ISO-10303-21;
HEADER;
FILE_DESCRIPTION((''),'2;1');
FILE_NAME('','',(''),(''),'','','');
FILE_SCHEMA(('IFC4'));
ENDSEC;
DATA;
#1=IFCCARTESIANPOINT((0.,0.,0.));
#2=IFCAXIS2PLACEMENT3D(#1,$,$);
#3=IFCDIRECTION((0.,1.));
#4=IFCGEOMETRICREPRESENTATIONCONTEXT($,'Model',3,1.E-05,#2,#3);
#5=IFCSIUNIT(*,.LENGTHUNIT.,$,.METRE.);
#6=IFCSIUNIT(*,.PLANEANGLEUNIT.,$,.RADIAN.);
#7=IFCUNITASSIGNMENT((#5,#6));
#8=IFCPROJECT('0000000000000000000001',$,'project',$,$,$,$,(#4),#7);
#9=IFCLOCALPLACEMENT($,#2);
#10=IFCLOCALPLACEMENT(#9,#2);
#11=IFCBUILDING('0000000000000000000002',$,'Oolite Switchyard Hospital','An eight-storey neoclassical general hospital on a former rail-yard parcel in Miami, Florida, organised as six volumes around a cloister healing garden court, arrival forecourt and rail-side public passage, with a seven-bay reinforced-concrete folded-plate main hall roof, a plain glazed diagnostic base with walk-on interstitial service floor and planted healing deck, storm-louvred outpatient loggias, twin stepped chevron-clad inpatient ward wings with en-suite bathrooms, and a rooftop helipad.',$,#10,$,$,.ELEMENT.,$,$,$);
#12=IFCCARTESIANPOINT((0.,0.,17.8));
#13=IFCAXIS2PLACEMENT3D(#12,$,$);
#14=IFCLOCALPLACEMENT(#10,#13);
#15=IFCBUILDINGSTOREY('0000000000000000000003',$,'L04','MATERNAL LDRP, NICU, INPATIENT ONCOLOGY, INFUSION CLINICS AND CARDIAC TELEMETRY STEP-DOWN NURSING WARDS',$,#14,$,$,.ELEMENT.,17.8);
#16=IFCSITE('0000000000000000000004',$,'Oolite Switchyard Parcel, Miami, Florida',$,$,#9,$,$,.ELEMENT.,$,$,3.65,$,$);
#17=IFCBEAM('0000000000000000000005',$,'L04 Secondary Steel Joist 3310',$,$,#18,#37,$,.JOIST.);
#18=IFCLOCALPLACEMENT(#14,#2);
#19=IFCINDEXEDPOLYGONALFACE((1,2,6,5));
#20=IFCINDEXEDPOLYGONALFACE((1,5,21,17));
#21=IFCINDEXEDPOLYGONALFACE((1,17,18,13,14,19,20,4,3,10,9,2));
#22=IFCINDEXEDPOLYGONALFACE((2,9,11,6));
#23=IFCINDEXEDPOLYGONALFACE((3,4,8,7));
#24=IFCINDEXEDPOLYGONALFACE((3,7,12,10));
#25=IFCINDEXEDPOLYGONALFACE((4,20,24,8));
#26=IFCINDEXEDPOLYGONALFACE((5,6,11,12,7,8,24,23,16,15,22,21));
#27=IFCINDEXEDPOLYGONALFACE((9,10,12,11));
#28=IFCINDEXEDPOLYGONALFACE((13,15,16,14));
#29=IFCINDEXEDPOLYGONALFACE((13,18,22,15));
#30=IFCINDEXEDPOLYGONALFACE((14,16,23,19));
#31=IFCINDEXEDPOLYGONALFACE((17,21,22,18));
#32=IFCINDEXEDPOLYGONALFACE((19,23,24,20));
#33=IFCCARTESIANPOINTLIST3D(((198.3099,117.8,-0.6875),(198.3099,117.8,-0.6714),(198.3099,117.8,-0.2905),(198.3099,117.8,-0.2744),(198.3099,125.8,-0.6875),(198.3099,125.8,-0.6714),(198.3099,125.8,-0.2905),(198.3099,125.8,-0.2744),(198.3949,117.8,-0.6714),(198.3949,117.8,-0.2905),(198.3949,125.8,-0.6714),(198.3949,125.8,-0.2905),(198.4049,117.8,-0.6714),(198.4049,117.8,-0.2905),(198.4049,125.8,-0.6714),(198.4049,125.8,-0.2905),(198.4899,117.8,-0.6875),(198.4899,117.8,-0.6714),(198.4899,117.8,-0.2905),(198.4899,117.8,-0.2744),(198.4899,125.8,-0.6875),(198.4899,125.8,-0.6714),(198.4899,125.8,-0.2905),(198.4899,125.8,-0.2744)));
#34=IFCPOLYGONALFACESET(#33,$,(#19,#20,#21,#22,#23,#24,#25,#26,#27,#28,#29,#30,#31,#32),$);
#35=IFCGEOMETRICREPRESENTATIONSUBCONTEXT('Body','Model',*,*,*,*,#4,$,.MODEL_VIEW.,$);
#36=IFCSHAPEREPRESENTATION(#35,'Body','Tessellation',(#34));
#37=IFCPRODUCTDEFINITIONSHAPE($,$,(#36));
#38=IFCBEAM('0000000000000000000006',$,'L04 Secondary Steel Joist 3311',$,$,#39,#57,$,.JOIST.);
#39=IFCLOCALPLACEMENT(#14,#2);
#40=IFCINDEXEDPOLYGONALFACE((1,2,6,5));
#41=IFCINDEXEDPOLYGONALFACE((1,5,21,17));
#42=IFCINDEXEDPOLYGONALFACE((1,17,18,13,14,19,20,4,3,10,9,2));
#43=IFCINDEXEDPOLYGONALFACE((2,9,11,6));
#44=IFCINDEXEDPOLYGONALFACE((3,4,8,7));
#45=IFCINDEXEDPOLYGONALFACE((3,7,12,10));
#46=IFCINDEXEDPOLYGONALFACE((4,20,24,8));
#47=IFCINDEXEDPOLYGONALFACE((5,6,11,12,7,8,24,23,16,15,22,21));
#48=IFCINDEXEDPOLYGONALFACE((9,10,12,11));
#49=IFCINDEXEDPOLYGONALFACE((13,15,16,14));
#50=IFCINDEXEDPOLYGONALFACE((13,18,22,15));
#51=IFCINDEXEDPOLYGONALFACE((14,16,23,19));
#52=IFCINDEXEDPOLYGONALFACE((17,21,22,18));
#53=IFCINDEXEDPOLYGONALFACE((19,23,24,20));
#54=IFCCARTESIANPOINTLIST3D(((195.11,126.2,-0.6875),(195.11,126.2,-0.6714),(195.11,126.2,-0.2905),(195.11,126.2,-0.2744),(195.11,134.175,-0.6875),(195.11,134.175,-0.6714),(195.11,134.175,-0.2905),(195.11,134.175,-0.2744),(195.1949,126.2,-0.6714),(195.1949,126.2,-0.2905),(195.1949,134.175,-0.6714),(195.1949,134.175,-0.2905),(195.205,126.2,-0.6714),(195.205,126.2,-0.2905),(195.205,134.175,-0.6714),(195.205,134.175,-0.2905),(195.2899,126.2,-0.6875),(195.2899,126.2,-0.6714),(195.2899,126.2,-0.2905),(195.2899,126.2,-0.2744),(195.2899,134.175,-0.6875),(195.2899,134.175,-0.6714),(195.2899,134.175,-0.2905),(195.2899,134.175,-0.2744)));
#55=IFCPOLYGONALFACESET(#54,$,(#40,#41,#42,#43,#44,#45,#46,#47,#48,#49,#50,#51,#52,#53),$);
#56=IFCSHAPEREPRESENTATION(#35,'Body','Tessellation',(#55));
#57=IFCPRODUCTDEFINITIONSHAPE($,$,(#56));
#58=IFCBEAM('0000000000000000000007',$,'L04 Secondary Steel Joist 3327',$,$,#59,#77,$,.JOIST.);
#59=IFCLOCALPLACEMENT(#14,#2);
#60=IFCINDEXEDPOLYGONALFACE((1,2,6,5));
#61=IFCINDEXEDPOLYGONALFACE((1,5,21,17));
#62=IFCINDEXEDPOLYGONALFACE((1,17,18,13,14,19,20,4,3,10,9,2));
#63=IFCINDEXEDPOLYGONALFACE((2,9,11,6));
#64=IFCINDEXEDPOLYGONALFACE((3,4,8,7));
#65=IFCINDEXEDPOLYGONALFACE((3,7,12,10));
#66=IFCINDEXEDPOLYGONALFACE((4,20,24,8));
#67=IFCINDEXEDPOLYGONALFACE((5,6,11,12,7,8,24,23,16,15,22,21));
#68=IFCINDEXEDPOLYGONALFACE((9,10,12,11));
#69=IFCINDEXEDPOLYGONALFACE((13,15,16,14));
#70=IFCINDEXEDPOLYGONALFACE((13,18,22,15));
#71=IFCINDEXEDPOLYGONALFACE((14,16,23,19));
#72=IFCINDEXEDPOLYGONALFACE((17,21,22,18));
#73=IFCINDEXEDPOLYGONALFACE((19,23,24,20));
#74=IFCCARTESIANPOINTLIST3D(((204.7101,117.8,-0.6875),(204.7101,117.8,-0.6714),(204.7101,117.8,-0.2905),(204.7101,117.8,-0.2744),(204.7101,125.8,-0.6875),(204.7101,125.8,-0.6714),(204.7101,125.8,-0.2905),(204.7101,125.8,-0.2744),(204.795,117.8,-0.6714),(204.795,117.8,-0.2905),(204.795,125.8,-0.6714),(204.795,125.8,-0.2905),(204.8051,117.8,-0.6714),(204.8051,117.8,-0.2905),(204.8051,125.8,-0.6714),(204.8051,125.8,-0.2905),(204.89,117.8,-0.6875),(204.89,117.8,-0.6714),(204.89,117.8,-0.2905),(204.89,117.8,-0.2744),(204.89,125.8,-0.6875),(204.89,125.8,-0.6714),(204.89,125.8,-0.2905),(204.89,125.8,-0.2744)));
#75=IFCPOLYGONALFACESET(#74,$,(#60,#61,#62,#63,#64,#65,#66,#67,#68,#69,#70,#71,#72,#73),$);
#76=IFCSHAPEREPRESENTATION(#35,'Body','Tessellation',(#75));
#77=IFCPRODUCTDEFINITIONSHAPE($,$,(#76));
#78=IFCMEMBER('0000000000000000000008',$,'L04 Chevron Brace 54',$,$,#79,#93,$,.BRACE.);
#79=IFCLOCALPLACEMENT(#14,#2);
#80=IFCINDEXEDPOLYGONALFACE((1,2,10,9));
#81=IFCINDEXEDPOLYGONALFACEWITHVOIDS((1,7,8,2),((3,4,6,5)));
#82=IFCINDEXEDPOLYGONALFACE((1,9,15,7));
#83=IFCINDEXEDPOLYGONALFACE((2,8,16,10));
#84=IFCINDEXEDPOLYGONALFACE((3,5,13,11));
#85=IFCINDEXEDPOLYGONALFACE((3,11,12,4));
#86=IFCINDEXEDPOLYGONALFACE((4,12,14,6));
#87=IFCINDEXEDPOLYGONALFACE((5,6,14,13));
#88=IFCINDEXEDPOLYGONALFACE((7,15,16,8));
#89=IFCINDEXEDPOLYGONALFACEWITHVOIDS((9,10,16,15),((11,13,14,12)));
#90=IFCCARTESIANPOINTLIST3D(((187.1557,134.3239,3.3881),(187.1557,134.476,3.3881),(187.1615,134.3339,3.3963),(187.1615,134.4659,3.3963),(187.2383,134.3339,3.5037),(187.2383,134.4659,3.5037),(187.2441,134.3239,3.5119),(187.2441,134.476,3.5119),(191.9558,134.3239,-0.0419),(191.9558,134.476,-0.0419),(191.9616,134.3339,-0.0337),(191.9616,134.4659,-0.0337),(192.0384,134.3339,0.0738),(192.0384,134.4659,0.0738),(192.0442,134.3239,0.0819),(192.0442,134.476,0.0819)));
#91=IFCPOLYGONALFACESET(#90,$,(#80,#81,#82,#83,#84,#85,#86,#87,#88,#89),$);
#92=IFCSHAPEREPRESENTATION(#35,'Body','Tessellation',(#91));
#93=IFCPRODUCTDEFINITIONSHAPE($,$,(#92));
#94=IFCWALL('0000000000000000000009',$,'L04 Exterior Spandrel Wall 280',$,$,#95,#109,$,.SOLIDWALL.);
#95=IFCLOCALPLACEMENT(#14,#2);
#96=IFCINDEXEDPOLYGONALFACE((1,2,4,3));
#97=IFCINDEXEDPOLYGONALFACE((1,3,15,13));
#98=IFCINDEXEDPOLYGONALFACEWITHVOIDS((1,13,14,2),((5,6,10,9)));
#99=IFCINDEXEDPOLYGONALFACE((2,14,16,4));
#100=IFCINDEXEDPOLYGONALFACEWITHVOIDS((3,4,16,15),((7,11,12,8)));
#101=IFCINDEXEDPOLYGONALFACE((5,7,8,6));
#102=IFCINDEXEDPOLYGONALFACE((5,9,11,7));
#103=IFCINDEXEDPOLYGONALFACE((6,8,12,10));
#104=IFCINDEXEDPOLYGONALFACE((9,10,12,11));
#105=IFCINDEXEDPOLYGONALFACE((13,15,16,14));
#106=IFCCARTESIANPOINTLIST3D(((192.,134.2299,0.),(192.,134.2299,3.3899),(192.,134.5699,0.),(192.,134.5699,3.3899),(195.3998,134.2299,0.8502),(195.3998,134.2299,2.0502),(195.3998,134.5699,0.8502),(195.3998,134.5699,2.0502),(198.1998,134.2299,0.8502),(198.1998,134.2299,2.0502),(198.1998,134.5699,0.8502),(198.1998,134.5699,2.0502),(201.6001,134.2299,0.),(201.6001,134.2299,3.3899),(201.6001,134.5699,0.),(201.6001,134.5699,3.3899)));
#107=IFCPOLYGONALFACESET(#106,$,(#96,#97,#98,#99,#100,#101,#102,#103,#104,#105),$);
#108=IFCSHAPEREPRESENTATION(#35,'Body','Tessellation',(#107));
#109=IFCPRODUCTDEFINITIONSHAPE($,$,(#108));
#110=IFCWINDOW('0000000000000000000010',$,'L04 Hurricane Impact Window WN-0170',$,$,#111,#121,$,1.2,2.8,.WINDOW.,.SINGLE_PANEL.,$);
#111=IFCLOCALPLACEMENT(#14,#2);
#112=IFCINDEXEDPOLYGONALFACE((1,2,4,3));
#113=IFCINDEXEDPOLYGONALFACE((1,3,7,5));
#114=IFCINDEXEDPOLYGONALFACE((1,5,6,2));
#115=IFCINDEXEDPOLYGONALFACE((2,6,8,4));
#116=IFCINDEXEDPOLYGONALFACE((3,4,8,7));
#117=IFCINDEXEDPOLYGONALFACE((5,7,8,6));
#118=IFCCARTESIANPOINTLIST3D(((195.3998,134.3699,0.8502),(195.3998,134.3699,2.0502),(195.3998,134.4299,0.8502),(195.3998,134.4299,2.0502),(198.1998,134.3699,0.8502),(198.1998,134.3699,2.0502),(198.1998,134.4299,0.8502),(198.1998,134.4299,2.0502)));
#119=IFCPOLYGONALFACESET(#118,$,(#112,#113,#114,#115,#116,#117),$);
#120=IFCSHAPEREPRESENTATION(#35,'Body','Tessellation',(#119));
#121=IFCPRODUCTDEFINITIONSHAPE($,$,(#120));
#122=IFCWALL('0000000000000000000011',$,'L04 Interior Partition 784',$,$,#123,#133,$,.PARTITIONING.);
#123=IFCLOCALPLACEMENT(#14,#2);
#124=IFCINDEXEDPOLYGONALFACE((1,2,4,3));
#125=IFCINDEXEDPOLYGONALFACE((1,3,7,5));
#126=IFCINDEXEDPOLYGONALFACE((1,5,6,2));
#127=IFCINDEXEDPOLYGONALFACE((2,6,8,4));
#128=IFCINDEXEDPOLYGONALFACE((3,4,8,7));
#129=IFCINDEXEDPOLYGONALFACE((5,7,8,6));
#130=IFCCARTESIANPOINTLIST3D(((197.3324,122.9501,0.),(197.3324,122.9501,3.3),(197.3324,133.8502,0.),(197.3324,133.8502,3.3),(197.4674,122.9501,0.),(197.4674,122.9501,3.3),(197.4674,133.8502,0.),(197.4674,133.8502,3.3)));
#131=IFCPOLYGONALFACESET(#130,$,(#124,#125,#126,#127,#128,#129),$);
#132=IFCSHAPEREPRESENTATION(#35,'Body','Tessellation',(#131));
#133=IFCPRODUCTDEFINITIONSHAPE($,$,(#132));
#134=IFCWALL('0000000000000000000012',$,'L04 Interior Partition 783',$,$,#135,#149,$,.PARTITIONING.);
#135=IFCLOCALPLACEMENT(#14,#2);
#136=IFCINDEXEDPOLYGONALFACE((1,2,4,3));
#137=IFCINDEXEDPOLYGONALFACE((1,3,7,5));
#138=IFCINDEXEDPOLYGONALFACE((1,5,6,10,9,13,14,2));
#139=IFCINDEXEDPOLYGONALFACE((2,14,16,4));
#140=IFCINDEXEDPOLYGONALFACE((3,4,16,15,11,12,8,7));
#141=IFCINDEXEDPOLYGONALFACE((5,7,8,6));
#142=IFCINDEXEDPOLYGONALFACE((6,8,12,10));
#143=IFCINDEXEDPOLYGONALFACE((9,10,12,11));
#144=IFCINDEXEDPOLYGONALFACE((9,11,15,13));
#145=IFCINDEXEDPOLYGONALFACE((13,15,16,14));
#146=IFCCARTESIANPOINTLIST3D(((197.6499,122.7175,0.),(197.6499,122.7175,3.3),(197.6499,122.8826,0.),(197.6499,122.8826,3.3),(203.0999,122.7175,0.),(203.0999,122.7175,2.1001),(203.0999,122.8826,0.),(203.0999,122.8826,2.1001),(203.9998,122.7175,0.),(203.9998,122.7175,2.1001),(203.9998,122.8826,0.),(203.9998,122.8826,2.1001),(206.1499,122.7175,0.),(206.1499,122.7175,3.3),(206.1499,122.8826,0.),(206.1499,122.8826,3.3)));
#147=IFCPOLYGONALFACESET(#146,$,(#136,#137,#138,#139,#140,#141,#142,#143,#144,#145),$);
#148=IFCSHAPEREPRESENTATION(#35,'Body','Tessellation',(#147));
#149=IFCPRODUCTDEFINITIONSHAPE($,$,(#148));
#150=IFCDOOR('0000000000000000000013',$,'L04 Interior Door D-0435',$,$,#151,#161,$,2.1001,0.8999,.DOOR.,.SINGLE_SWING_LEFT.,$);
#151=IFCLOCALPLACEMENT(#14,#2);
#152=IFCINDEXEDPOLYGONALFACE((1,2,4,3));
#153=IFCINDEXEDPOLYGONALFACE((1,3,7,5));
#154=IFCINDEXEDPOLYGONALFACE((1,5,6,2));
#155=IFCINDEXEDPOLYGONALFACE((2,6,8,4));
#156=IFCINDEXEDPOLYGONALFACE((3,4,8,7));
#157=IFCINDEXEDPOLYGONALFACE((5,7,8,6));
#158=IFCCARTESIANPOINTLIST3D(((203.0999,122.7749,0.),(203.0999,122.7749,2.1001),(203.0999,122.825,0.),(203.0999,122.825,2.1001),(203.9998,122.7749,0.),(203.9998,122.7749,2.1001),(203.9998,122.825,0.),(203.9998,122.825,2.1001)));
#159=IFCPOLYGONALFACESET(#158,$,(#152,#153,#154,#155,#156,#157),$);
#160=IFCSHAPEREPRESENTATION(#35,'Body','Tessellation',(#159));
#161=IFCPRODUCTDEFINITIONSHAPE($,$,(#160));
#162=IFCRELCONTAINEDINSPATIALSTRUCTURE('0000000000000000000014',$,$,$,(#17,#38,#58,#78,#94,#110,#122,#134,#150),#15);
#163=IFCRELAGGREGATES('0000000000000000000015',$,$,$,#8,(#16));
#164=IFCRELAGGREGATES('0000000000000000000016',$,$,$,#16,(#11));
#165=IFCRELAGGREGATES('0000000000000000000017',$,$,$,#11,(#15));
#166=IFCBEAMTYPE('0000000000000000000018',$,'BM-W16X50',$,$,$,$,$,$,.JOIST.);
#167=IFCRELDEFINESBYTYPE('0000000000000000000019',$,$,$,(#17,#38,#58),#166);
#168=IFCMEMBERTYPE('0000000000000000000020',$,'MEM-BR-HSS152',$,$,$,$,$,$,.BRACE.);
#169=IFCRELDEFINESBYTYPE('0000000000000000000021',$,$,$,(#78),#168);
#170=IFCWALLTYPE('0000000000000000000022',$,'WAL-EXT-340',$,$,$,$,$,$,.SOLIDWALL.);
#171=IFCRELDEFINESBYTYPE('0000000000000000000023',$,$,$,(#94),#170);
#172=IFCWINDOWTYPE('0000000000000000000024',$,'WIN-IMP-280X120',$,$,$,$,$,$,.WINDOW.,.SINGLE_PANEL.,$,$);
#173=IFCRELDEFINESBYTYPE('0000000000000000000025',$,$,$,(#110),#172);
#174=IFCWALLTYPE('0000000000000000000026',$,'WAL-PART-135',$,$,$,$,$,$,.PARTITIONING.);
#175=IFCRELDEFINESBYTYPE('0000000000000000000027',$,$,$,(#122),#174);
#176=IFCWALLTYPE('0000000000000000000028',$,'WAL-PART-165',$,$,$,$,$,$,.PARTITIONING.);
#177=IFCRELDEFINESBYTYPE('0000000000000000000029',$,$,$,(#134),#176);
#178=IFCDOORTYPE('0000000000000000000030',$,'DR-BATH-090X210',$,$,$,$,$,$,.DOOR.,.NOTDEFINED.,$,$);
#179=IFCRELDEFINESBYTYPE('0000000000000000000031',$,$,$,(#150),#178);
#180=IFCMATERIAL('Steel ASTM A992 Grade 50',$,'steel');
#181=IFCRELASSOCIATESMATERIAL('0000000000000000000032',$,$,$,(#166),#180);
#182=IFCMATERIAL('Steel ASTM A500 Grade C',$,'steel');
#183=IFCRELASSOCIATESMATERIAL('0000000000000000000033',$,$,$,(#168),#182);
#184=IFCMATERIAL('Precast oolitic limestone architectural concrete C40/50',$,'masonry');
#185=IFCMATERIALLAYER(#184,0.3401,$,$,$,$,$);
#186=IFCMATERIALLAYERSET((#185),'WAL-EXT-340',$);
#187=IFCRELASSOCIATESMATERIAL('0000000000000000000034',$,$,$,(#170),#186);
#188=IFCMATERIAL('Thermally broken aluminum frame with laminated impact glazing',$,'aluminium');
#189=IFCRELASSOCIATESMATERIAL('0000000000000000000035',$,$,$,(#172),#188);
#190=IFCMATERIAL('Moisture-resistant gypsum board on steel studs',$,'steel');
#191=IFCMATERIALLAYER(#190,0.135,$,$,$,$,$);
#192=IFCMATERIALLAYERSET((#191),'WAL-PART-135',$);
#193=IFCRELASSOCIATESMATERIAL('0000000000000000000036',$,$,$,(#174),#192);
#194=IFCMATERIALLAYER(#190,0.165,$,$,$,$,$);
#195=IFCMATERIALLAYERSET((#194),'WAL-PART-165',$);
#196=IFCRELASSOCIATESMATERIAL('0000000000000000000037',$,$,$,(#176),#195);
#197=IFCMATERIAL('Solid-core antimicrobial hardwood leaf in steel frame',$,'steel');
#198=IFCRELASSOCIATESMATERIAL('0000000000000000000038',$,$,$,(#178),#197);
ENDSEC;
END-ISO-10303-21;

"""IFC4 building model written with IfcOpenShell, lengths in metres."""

from ifc_helpers import new_model, si_unit, direction, frame, frame_2d, origin, origin_2d, place, context, subcontext, project, spatial, rectangle, hollow_rectangle, i_section, extrude, material, layer, layer_set, material_profile, profile_set, type_object, element, fill, save


model = new_model("IFC4")

# Units and contexts
model_context = context("Model", 3, precision=1e-05, world=origin(), true_north=direction((0.0, 1.0)))
body_context = subcontext(model_context, "Body", "Model", "MODEL_VIEW")
ifc_project = project(units=[si_unit("LENGTHUNIT", "METRE"), si_unit("PLANEANGLEUNIT", "RADIAN")], contexts=[model_context])

# Site, building, storey
site_placement = place(None, origin())
site = spatial("IfcSite", under=ifc_project, at=site_placement, Name="Oolite Switchyard Parcel, Miami, Florida", CompositionType="ELEMENT", RefElevation=3.65)
building_placement = place(site_placement, origin())
building = spatial("IfcBuilding", under=site, at=building_placement, Name="Oolite Switchyard Hospital", Description="An eight-storey neoclassical general hospital on a former rail-yard parcel in Miami, Florida, organised as six volumes around a cloister healing garden court, arrival forecourt and rail-side public passage, with a seven-bay reinforced-concrete folded-plate main hall roof, a plain glazed diagnostic base with walk-on interstitial service floor and planted healing deck, storm-louvred outpatient loggias, twin stepped chevron-clad inpatient ward wings with en-suite bathrooms, and a rooftop helipad.", CompositionType="ELEMENT")
storey_placement = place(building_placement, frame((0.0, 0.0, 17.8)))
storey = spatial("IfcBuildingStorey", under=building, at=storey_placement, Name="L04", Description="MATERNAL LDRP, NICU, INPATIENT ONCOLOGY, INFUSION CLINICS AND CARDIAC TELEMETRY STEP-DOWN NURSING WARDS", CompositionType="ELEMENT", Elevation=17.8)

# Beams
ifc_material_1 = material(Name="Steel ASTM A992 Grade 50", Category="steel")
ifc_material_profile_1 = material_profile(ifc_material_1, i_section(OverallWidth=0.1799, OverallDepth=0.4131, WebThickness=0.01, FlangeThickness=0.0161, at=origin_2d()), Name="W16X50")
ifc_profile_set_1 = profile_set([ifc_material_profile_1], Name="Steel ASTM A992 Grade 50")
beam_type_1 = type_object("IfcBeamType", Name="BM-W16X50", PredefinedType="JOIST", material=ifc_profile_set_1)
beam_1_placement = place(storey_placement, frame((198.3999, 117.8, -0.481), z_axis=(0.0, 1.0, 0.0), x_axis=(-1.0, 0.0, 0.0)))
element("IfcBeam", 1, at=beam_1_placement, inside=storey, type_object=beam_type_1, Name="L04 Secondary Steel Joist 3310", PredefinedType="JOIST", context=body_context, shape_type="SweptSolid", body=[
    extrude(i_section(OverallWidth=0.1799, OverallDepth=0.4131, WebThickness=0.01, FlangeThickness=0.0161, at=origin_2d()), origin(), (0.0, 0.0, 1.0), 8.0),
])
beam_2_placement = place(storey_placement, frame((195.2, 126.2, -0.481), z_axis=(0.0, 1.0, 0.0), x_axis=(-1.0, 0.0, 0.0)))
element("IfcBeam", 2, at=beam_2_placement, inside=storey, type_object=beam_type_1, Name="L04 Secondary Steel Joist 3311", PredefinedType="JOIST", context=body_context, shape_type="SweptSolid", body=[
    extrude(i_section(OverallWidth=0.1799, OverallDepth=0.4131, WebThickness=0.01, FlangeThickness=0.0161, at=origin_2d()), origin(), (0.0, 0.0, 1.0), 7.9751),
])
beam_3_placement = place(storey_placement, frame((204.8, 117.8, -0.481), z_axis=(0.0, 1.0, 0.0), x_axis=(-1.0, 0.0, 0.0)))
element("IfcBeam", 3, at=beam_3_placement, inside=storey, type_object=beam_type_1, Name="L04 Secondary Steel Joist 3327", PredefinedType="JOIST", context=body_context, shape_type="SweptSolid", body=[
    extrude(i_section(OverallWidth=0.1799, OverallDepth=0.4131, WebThickness=0.01, FlangeThickness=0.0161, at=origin_2d()), origin(), (0.0, 0.0, 1.0), 8.0),
])

# Member
ifc_material_2 = material(Name="Steel ASTM A500 Grade C", Category="steel")
ifc_material_profile_2 = material_profile(ifc_material_2, hollow_rectangle(XDim=0.1521, YDim=0.1521, WallThickness=0.01, at=origin_2d()), Name="HSS152X152X10")
ifc_profile_set_2 = profile_set([ifc_material_profile_2], Name="Steel ASTM A500 Grade C")
member_type = type_object("IfcMemberType", Name="MEM-BR-HSS152", PredefinedType="BRACE", material=ifc_profile_set_2)
member_placement = place(storey_placement, frame((192.0, 134.3999, 0.02), z_axis=(-0.813627, 0.0, 0.581387), x_axis=(0.0, -1.0, 0.0)))
element("IfcMember", 4, at=member_placement, inside=storey, type_object=member_type, Name="L04 Chevron Brace 54", PredefinedType="BRACE", context=body_context, shape_type="SweptSolid", body=[
    extrude(hollow_rectangle(XDim=0.1521, YDim=0.1521, WallThickness=0.01, at=origin_2d()), origin(), (0.0, 0.0, 1.0), 5.8997),
])

# Wall, opening, window
ifc_material_3 = material(Name="Precast oolitic limestone architectural concrete C40/50", Category="masonry")
ifc_layer_1 = layer(ifc_material_3, 0.3401)
ifc_layer_set_1 = layer_set([ifc_layer_1], Name="WAL-EXT-340")
wall_type_1 = type_object("IfcWallType", Name="WAL-EXT-340", PredefinedType="SOLIDWALL", material=ifc_layer_set_1)
wall_1_placement = place(storey_placement, frame((192.0, 134.3999, 0.0), z_axis=(0.0, 0.0, 1.0), x_axis=(1.0, 0.0, 0.0)))
wall_1 = element("IfcWall", 5, at=wall_1_placement, inside=storey, type_object=wall_type_1, Name="L04 Exterior Spandrel Wall 280", PredefinedType="SOLIDWALL", context=body_context, shape_type="SweptSolid", body=[
    extrude(rectangle(XDim=9.6001, YDim=0.3401, at=frame_2d((4.8, 0.0))), origin(), (0.0, 0.0, 1.0), 3.3899),
])
opening_1_placement = place(wall_1_placement, frame((3.3999, 0.0, 0.8501)))
opening_1 = element("IfcOpeningElement", 6, at=opening_1_placement, cuts=wall_1, PredefinedType="OPENING", context=body_context, shape_type="SweptSolid", body=[
    extrude(rectangle(XDim=2.8, YDim=1.2, at=frame_2d((1.3999, 0.6001))), frame((0.0, 0.1802, 0.0), z_axis=(0.0, -1.0, 0.0), x_axis=(1.0, 0.0, 0.0)), (0.0, 0.0, 1.0), 0.3601),
])
ifc_material_4 = material(Name="Thermally broken aluminum frame with laminated impact glazing", Category="aluminium")
window_type = type_object("IfcWindowType", Name="WIN-IMP-280X120", PartitioningType="SINGLE_PANEL", PredefinedType="WINDOW", material=ifc_material_4)
window_placement = place(opening_1_placement, origin())
window = element("IfcWindow", 7, at=window_placement, inside=storey, type_object=window_type, Name="L04 Hurricane Impact Window WN-0170", OverallHeight=1.2, OverallWidth=2.8, PartitioningType="SINGLE_PANEL", PredefinedType="WINDOW", context=body_context, shape_type="SweptSolid", body=[
    extrude(rectangle(XDim=2.8, YDim=1.2, at=frame_2d((1.3999, 0.6001))), frame((0.0, 0.03, 0.0), z_axis=(0.0, -1.0, 0.0), x_axis=(1.0, 0.0, 0.0)), (0.0, 0.0, 1.0), 0.0601),
])
fill(opening_1, window)

# Wall
ifc_material_5 = material(Name="Moisture-resistant gypsum board on steel studs", Category="steel")
ifc_layer_2 = layer(ifc_material_5, 0.135)
ifc_layer_set_2 = layer_set([ifc_layer_2], Name="WAL-PART-135")
wall_type_2 = type_object("IfcWallType", Name="WAL-PART-135", PredefinedType="PARTITIONING", material=ifc_layer_set_2)
wall_2_placement = place(storey_placement, frame((197.3999, 122.95, 0.0), z_axis=(0.0, 0.0, 1.0), x_axis=(0.0, 1.0, 0.0)))
element("IfcWall", 8, at=wall_2_placement, inside=storey, type_object=wall_type_2, Name="L04 Interior Partition 784", PredefinedType="PARTITIONING", context=body_context, shape_type="SweptSolid", body=[
    extrude(rectangle(XDim=10.9001, YDim=0.135, at=frame_2d((5.4502, 0.0))), origin(), (0.0, 0.0, 1.0), 3.3),
])

# Wall, opening, door
ifc_layer_3 = layer(ifc_material_5, 0.165)
ifc_layer_set_3 = layer_set([ifc_layer_3], Name="WAL-PART-165")
wall_type_3 = type_object("IfcWallType", Name="WAL-PART-165", PredefinedType="PARTITIONING", material=ifc_layer_set_3)
wall_3_placement = place(storey_placement, frame((197.6499, 122.8, 0.0), z_axis=(0.0, 0.0, 1.0), x_axis=(1.0, 0.0, 0.0)))
wall_3 = element("IfcWall", 9, at=wall_3_placement, inside=storey, type_object=wall_type_3, Name="L04 Interior Partition 783", PredefinedType="PARTITIONING", context=body_context, shape_type="SweptSolid", body=[
    extrude(rectangle(XDim=8.5, YDim=0.165, at=frame_2d((4.25, 0.0))), origin(), (0.0, 0.0, 1.0), 3.3),
])
opening_2_placement = place(wall_3_placement, frame((5.45, 0.0, 0.0)))
opening_2 = element("IfcOpeningElement", 10, at=opening_2_placement, cuts=wall_3, PredefinedType="OPENING", context=body_context, shape_type="SweptSolid", body=[
    extrude(rectangle(XDim=0.8999, YDim=2.1001, at=frame_2d((0.45, 1.05))), frame((0.0, 0.0925, 0.0), z_axis=(0.0, -1.0, 0.0), x_axis=(1.0, 0.0, 0.0)), (0.0, 0.0, 1.0), 0.1851),
])
ifc_material_6 = material(Name="Solid-core antimicrobial hardwood leaf in steel frame", Category="steel")
door_type = type_object("IfcDoorType", Name="DR-BATH-090X210", OperationType="NOTDEFINED", PredefinedType="DOOR", material=ifc_material_6)
door_placement = place(opening_2_placement, origin())
door = element("IfcDoor", 11, at=door_placement, inside=storey, type_object=door_type, Name="L04 Interior Door D-0435", OperationType="SINGLE_SWING_LEFT", OverallHeight=2.1001, OverallWidth=0.8999, PredefinedType="DOOR", context=body_context, shape_type="SweptSolid", body=[
    extrude(rectangle(XDim=0.8999, YDim=2.1001, at=frame_2d((0.45, 1.05))), frame((0.0, 0.0249, 0.0), z_axis=(0.0, -1.0, 0.0), x_axis=(1.0, 0.0, 0.0)), (0.0, 0.0, 1.0), 0.05),
])
fill(opening_2, door)

save(model, "model.ifc")
